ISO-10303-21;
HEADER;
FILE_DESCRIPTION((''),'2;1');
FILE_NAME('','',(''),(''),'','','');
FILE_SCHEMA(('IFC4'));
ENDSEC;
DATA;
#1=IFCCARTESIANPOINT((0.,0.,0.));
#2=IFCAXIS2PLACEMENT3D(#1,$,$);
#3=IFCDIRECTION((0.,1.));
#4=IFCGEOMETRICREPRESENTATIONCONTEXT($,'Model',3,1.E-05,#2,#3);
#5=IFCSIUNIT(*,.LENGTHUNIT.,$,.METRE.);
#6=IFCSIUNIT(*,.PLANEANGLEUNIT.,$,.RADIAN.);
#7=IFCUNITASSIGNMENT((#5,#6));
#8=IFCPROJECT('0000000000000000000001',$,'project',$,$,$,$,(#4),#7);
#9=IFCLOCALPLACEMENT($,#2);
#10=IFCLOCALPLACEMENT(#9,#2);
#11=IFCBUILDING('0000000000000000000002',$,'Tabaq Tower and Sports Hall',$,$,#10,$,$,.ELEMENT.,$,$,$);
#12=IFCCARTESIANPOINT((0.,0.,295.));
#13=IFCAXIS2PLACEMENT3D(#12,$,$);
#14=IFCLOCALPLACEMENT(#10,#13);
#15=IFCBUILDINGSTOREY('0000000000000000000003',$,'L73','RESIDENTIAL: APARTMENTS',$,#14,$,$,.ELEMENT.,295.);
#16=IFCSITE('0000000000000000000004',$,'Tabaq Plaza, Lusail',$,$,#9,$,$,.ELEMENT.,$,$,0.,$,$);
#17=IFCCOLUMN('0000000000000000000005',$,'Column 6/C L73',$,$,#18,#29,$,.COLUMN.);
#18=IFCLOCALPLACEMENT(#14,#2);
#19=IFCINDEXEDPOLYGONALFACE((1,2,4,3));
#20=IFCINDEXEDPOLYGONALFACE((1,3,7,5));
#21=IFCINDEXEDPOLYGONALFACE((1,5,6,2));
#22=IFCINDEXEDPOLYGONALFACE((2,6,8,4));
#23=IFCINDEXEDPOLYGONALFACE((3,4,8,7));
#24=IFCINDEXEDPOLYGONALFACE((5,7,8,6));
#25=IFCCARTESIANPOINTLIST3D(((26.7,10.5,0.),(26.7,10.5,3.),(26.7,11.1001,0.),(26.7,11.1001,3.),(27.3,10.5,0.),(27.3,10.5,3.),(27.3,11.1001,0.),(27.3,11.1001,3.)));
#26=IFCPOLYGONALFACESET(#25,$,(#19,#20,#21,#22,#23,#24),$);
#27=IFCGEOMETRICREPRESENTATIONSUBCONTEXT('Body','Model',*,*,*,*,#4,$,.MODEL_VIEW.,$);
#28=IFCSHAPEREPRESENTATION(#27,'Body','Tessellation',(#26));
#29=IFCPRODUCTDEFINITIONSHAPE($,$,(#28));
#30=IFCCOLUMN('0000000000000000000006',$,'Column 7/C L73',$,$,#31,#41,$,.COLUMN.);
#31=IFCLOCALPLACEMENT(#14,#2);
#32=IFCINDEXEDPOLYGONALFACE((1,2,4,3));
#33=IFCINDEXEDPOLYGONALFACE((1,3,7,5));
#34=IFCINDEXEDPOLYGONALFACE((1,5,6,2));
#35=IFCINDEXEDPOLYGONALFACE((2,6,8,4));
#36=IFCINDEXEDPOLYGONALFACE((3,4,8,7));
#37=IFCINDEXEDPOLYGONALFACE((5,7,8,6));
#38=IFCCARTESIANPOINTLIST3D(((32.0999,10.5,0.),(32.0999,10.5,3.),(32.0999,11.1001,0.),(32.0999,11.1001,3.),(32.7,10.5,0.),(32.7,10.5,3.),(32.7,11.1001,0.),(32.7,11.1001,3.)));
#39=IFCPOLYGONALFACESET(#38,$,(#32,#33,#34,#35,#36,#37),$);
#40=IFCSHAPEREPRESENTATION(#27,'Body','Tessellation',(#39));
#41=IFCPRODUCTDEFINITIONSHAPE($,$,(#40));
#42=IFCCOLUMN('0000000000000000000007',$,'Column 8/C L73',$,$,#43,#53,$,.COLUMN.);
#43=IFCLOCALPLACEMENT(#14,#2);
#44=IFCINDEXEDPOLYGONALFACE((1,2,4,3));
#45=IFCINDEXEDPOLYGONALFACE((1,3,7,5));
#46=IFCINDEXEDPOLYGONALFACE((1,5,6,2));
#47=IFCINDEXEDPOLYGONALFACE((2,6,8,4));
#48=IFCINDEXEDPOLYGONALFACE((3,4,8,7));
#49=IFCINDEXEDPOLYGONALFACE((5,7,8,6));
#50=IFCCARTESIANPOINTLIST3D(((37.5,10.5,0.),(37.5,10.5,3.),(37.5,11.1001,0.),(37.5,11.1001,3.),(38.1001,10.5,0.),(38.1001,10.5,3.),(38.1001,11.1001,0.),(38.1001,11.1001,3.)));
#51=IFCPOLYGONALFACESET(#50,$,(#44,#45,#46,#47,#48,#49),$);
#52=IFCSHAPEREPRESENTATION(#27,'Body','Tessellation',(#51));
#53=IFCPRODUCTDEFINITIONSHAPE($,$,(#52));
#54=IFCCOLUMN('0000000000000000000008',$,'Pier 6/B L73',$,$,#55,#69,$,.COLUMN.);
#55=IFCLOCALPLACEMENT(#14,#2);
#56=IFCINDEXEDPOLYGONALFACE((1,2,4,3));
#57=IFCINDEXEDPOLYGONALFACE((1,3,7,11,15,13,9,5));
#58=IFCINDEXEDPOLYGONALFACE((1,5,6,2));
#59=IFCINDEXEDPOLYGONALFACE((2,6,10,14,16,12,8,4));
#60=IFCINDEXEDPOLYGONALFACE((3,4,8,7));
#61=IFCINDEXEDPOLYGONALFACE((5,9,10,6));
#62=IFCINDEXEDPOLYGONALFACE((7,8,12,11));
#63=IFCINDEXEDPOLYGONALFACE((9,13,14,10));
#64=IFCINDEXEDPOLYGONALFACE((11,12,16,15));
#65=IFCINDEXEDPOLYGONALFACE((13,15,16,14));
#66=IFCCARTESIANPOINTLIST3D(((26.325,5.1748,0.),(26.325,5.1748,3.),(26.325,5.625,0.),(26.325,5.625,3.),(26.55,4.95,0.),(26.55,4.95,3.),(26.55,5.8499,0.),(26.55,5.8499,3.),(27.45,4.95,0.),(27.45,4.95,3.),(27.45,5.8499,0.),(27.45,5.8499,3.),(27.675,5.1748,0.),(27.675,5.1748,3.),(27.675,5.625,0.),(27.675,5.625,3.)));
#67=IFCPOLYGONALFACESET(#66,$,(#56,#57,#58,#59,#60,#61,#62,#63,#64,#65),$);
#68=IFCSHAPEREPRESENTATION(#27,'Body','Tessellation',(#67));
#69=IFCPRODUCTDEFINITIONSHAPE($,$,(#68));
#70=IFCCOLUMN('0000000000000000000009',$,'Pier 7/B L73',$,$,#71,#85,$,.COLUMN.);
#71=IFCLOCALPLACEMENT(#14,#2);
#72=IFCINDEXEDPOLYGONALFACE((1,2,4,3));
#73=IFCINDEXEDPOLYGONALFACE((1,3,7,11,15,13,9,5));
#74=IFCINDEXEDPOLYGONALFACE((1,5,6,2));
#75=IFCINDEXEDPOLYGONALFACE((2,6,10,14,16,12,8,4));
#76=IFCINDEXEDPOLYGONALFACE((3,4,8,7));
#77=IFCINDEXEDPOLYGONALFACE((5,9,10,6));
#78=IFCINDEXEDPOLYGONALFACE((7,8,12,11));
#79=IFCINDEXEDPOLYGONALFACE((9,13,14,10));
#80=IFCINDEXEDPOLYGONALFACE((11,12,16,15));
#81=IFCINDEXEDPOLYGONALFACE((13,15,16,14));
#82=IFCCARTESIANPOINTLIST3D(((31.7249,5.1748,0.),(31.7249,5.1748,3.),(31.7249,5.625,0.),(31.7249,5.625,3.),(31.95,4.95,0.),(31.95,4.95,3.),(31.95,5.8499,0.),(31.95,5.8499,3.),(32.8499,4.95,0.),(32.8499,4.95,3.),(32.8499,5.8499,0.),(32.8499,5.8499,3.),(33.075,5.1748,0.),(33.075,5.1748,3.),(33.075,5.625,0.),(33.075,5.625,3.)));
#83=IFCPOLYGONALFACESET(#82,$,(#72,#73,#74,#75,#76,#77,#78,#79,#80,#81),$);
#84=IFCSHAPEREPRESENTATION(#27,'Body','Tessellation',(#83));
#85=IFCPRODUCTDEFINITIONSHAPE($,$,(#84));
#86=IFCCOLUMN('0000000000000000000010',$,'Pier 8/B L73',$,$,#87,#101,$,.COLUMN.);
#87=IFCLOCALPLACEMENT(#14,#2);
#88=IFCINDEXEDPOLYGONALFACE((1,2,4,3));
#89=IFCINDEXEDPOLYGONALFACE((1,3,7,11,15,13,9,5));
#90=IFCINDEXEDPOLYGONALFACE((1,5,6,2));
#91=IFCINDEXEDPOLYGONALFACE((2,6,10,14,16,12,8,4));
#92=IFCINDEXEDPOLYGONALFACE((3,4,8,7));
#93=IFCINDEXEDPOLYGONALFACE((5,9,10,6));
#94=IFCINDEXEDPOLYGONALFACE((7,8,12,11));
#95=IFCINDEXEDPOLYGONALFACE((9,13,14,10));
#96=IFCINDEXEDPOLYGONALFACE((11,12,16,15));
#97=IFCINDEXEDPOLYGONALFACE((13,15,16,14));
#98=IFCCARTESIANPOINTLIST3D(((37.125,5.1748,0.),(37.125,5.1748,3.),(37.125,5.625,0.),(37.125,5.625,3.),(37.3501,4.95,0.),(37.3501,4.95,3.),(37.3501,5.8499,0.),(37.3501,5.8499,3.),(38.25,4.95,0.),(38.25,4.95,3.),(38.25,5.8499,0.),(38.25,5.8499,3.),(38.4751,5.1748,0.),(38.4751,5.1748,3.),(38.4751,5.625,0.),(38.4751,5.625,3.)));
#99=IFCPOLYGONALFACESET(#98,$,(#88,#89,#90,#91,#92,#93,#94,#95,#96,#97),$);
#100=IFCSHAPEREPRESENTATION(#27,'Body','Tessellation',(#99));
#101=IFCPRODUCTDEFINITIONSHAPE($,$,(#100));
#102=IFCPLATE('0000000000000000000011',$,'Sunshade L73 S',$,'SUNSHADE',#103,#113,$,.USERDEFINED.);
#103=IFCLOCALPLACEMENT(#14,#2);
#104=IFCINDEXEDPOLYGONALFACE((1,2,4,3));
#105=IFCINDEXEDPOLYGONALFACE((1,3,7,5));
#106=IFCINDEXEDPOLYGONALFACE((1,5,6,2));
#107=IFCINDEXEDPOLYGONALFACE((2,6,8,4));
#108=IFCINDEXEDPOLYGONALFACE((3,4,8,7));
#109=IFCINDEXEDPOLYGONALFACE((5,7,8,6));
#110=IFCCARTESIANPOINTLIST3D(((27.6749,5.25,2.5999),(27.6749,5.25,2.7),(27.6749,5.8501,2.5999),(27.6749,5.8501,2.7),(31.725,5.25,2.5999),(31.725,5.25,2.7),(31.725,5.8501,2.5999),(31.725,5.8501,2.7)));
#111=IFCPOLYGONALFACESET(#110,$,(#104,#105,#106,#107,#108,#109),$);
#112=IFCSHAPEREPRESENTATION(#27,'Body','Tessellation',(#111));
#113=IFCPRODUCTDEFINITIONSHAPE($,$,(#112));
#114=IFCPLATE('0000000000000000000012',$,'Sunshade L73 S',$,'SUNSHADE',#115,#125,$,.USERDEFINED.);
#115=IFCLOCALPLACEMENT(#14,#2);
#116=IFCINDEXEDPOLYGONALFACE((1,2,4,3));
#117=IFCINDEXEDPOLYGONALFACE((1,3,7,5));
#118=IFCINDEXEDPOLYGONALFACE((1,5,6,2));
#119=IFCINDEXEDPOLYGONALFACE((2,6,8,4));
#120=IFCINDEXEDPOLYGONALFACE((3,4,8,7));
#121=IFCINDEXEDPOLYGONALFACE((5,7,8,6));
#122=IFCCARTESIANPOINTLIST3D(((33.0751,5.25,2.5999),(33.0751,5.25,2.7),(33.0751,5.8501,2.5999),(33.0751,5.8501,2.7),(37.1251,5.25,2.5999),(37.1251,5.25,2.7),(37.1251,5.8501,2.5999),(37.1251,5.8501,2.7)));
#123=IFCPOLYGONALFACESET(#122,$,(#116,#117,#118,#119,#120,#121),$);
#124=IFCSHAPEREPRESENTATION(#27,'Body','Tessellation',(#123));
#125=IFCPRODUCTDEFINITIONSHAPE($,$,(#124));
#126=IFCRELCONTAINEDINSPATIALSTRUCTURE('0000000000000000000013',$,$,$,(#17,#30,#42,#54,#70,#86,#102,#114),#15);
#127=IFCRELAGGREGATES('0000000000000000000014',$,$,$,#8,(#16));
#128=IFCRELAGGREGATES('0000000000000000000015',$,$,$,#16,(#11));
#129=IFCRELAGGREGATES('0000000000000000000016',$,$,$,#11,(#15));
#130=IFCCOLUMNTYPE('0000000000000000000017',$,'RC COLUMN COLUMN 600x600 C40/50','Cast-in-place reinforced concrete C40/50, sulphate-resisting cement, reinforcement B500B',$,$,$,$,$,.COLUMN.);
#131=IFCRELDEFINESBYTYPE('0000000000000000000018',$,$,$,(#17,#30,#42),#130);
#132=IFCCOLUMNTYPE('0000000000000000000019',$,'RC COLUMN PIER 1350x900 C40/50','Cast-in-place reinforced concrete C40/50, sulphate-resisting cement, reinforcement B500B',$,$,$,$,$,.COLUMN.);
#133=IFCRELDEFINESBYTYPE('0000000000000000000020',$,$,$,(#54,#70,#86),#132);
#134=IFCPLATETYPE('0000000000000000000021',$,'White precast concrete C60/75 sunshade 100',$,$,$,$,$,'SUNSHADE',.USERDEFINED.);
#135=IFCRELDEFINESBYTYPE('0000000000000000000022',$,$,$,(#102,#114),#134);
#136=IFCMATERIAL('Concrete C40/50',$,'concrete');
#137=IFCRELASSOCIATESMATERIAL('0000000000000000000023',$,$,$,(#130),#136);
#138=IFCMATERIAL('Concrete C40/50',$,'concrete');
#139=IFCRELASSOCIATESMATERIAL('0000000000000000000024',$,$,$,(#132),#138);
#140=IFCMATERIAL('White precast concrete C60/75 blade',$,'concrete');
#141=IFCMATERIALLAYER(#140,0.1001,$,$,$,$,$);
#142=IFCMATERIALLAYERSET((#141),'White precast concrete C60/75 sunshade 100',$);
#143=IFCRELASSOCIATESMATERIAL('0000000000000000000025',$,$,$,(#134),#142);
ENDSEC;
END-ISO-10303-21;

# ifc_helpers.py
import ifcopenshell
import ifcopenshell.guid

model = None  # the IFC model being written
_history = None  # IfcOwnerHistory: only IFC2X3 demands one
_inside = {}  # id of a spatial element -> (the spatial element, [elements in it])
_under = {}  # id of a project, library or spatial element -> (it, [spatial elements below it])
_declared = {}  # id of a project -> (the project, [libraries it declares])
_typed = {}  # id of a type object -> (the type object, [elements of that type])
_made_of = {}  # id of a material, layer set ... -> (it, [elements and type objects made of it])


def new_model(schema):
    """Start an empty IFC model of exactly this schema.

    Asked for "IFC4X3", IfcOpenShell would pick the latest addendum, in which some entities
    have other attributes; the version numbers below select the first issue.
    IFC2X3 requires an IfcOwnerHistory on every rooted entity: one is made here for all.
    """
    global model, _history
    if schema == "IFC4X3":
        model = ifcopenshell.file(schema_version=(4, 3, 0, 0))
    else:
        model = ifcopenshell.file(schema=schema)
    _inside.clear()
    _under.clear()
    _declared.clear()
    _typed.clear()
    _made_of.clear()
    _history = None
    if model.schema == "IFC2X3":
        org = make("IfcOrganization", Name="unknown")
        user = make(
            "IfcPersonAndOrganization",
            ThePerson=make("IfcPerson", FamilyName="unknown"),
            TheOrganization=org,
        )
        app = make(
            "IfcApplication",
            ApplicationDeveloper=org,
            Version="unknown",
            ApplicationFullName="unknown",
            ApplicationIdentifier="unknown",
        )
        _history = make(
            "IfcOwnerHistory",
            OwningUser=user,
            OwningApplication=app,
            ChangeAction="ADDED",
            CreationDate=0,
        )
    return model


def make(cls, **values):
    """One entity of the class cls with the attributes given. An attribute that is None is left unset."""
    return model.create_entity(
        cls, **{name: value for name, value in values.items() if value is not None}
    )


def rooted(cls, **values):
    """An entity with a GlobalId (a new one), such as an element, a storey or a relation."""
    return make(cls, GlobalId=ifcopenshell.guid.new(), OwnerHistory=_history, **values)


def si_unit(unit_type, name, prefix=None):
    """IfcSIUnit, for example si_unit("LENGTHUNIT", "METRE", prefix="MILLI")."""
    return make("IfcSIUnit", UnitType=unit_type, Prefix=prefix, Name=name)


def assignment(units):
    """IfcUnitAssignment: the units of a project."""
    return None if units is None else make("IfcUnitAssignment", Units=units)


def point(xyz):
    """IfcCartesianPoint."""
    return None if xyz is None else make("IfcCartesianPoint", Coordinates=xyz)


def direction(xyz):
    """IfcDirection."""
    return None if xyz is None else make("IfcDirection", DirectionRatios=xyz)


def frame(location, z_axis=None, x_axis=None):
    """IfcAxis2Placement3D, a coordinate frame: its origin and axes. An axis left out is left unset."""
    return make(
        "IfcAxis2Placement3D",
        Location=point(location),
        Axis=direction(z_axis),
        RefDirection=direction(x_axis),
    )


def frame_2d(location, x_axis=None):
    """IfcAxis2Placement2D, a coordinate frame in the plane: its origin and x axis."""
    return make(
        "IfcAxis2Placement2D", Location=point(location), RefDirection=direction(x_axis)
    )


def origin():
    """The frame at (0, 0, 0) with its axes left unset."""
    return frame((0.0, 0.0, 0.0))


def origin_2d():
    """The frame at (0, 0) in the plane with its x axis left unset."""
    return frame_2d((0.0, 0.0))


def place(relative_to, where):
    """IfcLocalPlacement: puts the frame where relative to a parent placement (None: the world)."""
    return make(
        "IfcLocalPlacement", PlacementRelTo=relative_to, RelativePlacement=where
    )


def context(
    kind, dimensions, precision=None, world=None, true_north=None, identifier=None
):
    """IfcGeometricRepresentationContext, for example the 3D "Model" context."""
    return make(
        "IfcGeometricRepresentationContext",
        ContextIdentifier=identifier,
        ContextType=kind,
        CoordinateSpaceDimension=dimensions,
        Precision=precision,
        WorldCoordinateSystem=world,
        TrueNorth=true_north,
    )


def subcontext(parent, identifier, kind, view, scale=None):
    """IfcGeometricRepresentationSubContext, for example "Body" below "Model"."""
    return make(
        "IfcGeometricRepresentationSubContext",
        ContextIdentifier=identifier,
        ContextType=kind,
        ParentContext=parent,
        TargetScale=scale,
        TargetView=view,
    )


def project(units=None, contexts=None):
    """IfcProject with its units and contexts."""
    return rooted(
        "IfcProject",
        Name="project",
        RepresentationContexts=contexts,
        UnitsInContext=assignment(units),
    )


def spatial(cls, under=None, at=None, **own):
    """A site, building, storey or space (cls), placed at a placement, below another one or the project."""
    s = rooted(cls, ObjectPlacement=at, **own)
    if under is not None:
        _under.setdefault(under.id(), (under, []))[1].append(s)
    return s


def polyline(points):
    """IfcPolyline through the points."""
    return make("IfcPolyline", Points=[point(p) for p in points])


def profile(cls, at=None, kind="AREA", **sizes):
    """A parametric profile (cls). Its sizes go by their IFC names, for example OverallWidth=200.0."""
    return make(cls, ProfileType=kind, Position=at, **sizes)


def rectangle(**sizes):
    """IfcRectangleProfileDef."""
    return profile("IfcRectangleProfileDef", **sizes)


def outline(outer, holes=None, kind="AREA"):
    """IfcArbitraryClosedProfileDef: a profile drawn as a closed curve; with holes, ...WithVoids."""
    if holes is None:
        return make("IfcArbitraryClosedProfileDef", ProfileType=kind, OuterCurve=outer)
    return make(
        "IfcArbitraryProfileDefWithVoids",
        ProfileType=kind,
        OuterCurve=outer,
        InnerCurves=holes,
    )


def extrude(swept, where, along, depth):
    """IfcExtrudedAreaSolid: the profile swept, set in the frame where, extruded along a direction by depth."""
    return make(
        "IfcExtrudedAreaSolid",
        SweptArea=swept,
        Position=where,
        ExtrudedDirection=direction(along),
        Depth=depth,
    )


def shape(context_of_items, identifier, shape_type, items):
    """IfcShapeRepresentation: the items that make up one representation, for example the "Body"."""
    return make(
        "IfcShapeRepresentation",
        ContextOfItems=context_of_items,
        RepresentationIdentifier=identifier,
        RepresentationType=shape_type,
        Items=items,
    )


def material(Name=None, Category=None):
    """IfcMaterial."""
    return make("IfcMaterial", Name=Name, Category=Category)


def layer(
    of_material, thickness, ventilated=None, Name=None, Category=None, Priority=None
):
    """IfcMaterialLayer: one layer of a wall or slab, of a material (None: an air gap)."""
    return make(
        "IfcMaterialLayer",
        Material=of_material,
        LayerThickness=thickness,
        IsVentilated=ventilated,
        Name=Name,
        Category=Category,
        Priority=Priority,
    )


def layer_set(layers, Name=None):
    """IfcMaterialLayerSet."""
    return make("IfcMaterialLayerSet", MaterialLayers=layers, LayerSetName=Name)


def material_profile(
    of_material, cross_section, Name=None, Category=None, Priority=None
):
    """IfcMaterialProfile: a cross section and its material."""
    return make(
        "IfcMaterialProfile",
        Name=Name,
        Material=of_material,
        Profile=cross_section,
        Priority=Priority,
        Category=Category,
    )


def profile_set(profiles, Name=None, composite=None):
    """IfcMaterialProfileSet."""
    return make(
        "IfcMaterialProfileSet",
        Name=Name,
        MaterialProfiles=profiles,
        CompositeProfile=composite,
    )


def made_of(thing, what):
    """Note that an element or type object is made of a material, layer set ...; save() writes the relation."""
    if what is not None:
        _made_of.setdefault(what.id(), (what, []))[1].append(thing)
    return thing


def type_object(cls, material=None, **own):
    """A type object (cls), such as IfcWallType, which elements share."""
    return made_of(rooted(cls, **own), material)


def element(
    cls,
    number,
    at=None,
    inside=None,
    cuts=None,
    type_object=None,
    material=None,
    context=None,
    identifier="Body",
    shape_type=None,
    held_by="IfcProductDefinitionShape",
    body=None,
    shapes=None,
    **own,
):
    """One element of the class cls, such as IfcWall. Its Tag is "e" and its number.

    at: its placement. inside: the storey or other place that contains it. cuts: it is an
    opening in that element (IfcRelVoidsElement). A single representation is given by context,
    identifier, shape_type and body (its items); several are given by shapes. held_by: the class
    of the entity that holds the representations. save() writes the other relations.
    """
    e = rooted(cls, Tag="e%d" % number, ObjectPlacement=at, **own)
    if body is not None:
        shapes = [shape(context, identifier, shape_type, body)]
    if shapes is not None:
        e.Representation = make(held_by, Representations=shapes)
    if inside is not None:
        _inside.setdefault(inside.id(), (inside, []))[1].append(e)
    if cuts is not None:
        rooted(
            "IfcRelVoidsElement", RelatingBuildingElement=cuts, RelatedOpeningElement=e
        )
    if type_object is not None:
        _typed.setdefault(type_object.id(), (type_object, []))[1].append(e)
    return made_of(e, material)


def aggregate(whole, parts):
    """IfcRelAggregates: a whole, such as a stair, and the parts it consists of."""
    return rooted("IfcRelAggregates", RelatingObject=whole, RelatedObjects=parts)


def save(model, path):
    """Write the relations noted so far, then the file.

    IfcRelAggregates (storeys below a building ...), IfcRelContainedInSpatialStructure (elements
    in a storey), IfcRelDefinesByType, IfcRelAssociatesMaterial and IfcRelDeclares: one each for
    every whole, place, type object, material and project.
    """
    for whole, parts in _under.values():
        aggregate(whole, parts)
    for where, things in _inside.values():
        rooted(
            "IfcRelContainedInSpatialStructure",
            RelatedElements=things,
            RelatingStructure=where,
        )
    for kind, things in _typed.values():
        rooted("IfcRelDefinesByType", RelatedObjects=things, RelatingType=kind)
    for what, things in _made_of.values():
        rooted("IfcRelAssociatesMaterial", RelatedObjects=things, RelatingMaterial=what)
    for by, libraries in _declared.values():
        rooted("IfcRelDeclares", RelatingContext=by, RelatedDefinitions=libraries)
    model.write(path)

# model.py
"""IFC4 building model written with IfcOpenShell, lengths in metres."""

from ifc_helpers import new_model, si_unit, direction, frame, origin, origin_2d, place, context, subcontext, project, spatial, polyline, rectangle, outline, extrude, material, layer, layer_set, material_profile, profile_set, type_object, element, save


model = new_model("IFC4")

# Units and contexts
model_context = context("Model", 3, precision=1e-05, world=origin(), true_north=direction((0.0, 1.0)))
body_context = subcontext(model_context, "Body", "Model", "MODEL_VIEW")
ifc_project = project(units=[si_unit("LENGTHUNIT", "METRE"), si_unit("PLANEANGLEUNIT", "RADIAN")], contexts=[model_context])

# Site, building, storey
site_placement = place(None, origin())
site = spatial("IfcSite", under=ifc_project, at=site_placement, Name="Tabaq Plaza, Lusail", CompositionType="ELEMENT", RefElevation=0.0)
building_placement = place(site_placement, origin())
building = spatial("IfcBuilding", under=site, at=building_placement, Name="Tabaq Tower and Sports Hall", CompositionType="ELEMENT")
storey_placement = place(building_placement, frame((0.0, 0.0, 295.0)))
storey = spatial("IfcBuildingStorey", under=building, at=storey_placement, Name="L73", Description="RESIDENTIAL: APARTMENTS", CompositionType="ELEMENT", Elevation=295.0)

# Columns
ifc_material_1 = material(Name="Concrete C40/50", Category="concrete")
ifc_material_profile_1 = material_profile(ifc_material_1, rectangle(XDim=0.6001, YDim=0.6001, at=origin_2d()), Name="COLUMN 600x600")
ifc_profile_set_1 = profile_set([ifc_material_profile_1], Name="Concrete C40/50")
column_type_1 = type_object("IfcColumnType", Name="RC COLUMN COLUMN 600x600 C40/50", Description="Cast-in-place reinforced concrete C40/50, sulphate-resisting cement, reinforcement B500B", PredefinedType="COLUMN", material=ifc_profile_set_1)
for number, where, z_axis, x_axis, name in (
    (1, (27.0, 10.8, 0.0), (0.0, 0.0, 1.0), (1.0, 0.0, 0.0), "Column 6/C L73"),
    (2, (32.3999, 10.8, 0.0), (0.0, 0.0, 1.0), (1.0, 0.0, 0.0), "Column 7/C L73"),
    (3, (37.8, 10.8, 0.0), (0.0, 0.0, 1.0), (1.0, 0.0, 0.0), "Column 8/C L73"),
):
    element("IfcColumn", number, at=place(storey_placement, frame(where, z_axis=z_axis, x_axis=x_axis)), inside=storey, type_object=column_type_1, Name=name, PredefinedType="COLUMN", context=body_context, shape_type="SweptSolid", body=[
        extrude(rectangle(XDim=0.6001, YDim=0.6001, at=origin_2d()), origin(), (0.0, 0.0, 1.0), 3.0),
    ])
ifc_material_2 = material(Name="Concrete C40/50", Category="concrete")
ifc_material_profile_2 = material_profile(ifc_material_2, outline(polyline([(-0.45, -0.45), (0.45, -0.45), (0.675, -0.2251), (0.675, 0.2251), (0.45, 0.45), (-0.45, 0.45), (-0.675, 0.2251), (-0.675, -0.2251), (-0.45, -0.45)])), Name="PIER 1350x900")
ifc_profile_set_2 = profile_set([ifc_material_profile_2], Name="Concrete C40/50")
column_type_2 = type_object("IfcColumnType", Name="RC COLUMN PIER 1350x900 C40/50", Description="Cast-in-place reinforced concrete C40/50, sulphate-resisting cement, reinforcement B500B", PredefinedType="COLUMN", material=ifc_profile_set_2)
for number, where, z_axis, x_axis, name in (
    (4, (27.0, 5.3999, 0.0), (0.0, 0.0, 1.0), (1.0, 0.0, 0.0), "Pier 6/B L73"),
    (5, (32.3999, 5.3999, 0.0), (0.0, 0.0, 1.0), (1.0, 0.0, 0.0), "Pier 7/B L73"),
    (6, (37.8, 5.3999, 0.0), (0.0, 0.0, 1.0), (1.0, 0.0, 0.0), "Pier 8/B L73"),
):
    element("IfcColumn", number, at=place(storey_placement, frame(where, z_axis=z_axis, x_axis=x_axis)), inside=storey, type_object=column_type_2, Name=name, PredefinedType="COLUMN", context=body_context, shape_type="SweptSolid", body=[
        extrude(outline(polyline([(-0.45, -0.45), (0.45, -0.45), (0.675, -0.2251), (0.675, 0.2251), (0.45, 0.45), (-0.45, 0.45), (-0.675, 0.2251), (-0.675, -0.2251), (-0.45, -0.45)])), origin(), (0.0, 0.0, 1.0), 3.0),
    ])

# Plates
ifc_material_3 = material(Name="White precast concrete C60/75 blade", Category="concrete")
ifc_layer_1 = layer(ifc_material_3, 0.1001)
ifc_layer_set_1 = layer_set([ifc_layer_1], Name="White precast concrete C60/75 sunshade 100")
plate_type = type_object("IfcPlateType", Name="White precast concrete C60/75 sunshade 100", ElementType="SUNSHADE", PredefinedType="USERDEFINED", material=ifc_layer_set_1)
for number, where, z_axis, x_axis, name in (
    (7, (29.7, 5.55, 2.5999), (0.0, 0.0, 1.0), (1.0, 0.0, 0.0), "Sunshade L73 S"),
    (8, (35.1001, 5.55, 2.5999), (0.0, 0.0, 1.0), (1.0, 0.0, 0.0), "Sunshade L73 S"),
):
    element("IfcPlate", number, at=place(storey_placement, frame(where, z_axis=z_axis, x_axis=x_axis)), inside=storey, type_object=plate_type, Name=name, ObjectType="SUNSHADE", PredefinedType="USERDEFINED", context=body_context, shape_type="SweptSolid", body=[
        extrude(rectangle(XDim=4.05, YDim=0.6001, at=origin_2d()), origin(), (0.0, 0.0, 1.0), 0.1001),
    ])

save(model, "model.ifc")
